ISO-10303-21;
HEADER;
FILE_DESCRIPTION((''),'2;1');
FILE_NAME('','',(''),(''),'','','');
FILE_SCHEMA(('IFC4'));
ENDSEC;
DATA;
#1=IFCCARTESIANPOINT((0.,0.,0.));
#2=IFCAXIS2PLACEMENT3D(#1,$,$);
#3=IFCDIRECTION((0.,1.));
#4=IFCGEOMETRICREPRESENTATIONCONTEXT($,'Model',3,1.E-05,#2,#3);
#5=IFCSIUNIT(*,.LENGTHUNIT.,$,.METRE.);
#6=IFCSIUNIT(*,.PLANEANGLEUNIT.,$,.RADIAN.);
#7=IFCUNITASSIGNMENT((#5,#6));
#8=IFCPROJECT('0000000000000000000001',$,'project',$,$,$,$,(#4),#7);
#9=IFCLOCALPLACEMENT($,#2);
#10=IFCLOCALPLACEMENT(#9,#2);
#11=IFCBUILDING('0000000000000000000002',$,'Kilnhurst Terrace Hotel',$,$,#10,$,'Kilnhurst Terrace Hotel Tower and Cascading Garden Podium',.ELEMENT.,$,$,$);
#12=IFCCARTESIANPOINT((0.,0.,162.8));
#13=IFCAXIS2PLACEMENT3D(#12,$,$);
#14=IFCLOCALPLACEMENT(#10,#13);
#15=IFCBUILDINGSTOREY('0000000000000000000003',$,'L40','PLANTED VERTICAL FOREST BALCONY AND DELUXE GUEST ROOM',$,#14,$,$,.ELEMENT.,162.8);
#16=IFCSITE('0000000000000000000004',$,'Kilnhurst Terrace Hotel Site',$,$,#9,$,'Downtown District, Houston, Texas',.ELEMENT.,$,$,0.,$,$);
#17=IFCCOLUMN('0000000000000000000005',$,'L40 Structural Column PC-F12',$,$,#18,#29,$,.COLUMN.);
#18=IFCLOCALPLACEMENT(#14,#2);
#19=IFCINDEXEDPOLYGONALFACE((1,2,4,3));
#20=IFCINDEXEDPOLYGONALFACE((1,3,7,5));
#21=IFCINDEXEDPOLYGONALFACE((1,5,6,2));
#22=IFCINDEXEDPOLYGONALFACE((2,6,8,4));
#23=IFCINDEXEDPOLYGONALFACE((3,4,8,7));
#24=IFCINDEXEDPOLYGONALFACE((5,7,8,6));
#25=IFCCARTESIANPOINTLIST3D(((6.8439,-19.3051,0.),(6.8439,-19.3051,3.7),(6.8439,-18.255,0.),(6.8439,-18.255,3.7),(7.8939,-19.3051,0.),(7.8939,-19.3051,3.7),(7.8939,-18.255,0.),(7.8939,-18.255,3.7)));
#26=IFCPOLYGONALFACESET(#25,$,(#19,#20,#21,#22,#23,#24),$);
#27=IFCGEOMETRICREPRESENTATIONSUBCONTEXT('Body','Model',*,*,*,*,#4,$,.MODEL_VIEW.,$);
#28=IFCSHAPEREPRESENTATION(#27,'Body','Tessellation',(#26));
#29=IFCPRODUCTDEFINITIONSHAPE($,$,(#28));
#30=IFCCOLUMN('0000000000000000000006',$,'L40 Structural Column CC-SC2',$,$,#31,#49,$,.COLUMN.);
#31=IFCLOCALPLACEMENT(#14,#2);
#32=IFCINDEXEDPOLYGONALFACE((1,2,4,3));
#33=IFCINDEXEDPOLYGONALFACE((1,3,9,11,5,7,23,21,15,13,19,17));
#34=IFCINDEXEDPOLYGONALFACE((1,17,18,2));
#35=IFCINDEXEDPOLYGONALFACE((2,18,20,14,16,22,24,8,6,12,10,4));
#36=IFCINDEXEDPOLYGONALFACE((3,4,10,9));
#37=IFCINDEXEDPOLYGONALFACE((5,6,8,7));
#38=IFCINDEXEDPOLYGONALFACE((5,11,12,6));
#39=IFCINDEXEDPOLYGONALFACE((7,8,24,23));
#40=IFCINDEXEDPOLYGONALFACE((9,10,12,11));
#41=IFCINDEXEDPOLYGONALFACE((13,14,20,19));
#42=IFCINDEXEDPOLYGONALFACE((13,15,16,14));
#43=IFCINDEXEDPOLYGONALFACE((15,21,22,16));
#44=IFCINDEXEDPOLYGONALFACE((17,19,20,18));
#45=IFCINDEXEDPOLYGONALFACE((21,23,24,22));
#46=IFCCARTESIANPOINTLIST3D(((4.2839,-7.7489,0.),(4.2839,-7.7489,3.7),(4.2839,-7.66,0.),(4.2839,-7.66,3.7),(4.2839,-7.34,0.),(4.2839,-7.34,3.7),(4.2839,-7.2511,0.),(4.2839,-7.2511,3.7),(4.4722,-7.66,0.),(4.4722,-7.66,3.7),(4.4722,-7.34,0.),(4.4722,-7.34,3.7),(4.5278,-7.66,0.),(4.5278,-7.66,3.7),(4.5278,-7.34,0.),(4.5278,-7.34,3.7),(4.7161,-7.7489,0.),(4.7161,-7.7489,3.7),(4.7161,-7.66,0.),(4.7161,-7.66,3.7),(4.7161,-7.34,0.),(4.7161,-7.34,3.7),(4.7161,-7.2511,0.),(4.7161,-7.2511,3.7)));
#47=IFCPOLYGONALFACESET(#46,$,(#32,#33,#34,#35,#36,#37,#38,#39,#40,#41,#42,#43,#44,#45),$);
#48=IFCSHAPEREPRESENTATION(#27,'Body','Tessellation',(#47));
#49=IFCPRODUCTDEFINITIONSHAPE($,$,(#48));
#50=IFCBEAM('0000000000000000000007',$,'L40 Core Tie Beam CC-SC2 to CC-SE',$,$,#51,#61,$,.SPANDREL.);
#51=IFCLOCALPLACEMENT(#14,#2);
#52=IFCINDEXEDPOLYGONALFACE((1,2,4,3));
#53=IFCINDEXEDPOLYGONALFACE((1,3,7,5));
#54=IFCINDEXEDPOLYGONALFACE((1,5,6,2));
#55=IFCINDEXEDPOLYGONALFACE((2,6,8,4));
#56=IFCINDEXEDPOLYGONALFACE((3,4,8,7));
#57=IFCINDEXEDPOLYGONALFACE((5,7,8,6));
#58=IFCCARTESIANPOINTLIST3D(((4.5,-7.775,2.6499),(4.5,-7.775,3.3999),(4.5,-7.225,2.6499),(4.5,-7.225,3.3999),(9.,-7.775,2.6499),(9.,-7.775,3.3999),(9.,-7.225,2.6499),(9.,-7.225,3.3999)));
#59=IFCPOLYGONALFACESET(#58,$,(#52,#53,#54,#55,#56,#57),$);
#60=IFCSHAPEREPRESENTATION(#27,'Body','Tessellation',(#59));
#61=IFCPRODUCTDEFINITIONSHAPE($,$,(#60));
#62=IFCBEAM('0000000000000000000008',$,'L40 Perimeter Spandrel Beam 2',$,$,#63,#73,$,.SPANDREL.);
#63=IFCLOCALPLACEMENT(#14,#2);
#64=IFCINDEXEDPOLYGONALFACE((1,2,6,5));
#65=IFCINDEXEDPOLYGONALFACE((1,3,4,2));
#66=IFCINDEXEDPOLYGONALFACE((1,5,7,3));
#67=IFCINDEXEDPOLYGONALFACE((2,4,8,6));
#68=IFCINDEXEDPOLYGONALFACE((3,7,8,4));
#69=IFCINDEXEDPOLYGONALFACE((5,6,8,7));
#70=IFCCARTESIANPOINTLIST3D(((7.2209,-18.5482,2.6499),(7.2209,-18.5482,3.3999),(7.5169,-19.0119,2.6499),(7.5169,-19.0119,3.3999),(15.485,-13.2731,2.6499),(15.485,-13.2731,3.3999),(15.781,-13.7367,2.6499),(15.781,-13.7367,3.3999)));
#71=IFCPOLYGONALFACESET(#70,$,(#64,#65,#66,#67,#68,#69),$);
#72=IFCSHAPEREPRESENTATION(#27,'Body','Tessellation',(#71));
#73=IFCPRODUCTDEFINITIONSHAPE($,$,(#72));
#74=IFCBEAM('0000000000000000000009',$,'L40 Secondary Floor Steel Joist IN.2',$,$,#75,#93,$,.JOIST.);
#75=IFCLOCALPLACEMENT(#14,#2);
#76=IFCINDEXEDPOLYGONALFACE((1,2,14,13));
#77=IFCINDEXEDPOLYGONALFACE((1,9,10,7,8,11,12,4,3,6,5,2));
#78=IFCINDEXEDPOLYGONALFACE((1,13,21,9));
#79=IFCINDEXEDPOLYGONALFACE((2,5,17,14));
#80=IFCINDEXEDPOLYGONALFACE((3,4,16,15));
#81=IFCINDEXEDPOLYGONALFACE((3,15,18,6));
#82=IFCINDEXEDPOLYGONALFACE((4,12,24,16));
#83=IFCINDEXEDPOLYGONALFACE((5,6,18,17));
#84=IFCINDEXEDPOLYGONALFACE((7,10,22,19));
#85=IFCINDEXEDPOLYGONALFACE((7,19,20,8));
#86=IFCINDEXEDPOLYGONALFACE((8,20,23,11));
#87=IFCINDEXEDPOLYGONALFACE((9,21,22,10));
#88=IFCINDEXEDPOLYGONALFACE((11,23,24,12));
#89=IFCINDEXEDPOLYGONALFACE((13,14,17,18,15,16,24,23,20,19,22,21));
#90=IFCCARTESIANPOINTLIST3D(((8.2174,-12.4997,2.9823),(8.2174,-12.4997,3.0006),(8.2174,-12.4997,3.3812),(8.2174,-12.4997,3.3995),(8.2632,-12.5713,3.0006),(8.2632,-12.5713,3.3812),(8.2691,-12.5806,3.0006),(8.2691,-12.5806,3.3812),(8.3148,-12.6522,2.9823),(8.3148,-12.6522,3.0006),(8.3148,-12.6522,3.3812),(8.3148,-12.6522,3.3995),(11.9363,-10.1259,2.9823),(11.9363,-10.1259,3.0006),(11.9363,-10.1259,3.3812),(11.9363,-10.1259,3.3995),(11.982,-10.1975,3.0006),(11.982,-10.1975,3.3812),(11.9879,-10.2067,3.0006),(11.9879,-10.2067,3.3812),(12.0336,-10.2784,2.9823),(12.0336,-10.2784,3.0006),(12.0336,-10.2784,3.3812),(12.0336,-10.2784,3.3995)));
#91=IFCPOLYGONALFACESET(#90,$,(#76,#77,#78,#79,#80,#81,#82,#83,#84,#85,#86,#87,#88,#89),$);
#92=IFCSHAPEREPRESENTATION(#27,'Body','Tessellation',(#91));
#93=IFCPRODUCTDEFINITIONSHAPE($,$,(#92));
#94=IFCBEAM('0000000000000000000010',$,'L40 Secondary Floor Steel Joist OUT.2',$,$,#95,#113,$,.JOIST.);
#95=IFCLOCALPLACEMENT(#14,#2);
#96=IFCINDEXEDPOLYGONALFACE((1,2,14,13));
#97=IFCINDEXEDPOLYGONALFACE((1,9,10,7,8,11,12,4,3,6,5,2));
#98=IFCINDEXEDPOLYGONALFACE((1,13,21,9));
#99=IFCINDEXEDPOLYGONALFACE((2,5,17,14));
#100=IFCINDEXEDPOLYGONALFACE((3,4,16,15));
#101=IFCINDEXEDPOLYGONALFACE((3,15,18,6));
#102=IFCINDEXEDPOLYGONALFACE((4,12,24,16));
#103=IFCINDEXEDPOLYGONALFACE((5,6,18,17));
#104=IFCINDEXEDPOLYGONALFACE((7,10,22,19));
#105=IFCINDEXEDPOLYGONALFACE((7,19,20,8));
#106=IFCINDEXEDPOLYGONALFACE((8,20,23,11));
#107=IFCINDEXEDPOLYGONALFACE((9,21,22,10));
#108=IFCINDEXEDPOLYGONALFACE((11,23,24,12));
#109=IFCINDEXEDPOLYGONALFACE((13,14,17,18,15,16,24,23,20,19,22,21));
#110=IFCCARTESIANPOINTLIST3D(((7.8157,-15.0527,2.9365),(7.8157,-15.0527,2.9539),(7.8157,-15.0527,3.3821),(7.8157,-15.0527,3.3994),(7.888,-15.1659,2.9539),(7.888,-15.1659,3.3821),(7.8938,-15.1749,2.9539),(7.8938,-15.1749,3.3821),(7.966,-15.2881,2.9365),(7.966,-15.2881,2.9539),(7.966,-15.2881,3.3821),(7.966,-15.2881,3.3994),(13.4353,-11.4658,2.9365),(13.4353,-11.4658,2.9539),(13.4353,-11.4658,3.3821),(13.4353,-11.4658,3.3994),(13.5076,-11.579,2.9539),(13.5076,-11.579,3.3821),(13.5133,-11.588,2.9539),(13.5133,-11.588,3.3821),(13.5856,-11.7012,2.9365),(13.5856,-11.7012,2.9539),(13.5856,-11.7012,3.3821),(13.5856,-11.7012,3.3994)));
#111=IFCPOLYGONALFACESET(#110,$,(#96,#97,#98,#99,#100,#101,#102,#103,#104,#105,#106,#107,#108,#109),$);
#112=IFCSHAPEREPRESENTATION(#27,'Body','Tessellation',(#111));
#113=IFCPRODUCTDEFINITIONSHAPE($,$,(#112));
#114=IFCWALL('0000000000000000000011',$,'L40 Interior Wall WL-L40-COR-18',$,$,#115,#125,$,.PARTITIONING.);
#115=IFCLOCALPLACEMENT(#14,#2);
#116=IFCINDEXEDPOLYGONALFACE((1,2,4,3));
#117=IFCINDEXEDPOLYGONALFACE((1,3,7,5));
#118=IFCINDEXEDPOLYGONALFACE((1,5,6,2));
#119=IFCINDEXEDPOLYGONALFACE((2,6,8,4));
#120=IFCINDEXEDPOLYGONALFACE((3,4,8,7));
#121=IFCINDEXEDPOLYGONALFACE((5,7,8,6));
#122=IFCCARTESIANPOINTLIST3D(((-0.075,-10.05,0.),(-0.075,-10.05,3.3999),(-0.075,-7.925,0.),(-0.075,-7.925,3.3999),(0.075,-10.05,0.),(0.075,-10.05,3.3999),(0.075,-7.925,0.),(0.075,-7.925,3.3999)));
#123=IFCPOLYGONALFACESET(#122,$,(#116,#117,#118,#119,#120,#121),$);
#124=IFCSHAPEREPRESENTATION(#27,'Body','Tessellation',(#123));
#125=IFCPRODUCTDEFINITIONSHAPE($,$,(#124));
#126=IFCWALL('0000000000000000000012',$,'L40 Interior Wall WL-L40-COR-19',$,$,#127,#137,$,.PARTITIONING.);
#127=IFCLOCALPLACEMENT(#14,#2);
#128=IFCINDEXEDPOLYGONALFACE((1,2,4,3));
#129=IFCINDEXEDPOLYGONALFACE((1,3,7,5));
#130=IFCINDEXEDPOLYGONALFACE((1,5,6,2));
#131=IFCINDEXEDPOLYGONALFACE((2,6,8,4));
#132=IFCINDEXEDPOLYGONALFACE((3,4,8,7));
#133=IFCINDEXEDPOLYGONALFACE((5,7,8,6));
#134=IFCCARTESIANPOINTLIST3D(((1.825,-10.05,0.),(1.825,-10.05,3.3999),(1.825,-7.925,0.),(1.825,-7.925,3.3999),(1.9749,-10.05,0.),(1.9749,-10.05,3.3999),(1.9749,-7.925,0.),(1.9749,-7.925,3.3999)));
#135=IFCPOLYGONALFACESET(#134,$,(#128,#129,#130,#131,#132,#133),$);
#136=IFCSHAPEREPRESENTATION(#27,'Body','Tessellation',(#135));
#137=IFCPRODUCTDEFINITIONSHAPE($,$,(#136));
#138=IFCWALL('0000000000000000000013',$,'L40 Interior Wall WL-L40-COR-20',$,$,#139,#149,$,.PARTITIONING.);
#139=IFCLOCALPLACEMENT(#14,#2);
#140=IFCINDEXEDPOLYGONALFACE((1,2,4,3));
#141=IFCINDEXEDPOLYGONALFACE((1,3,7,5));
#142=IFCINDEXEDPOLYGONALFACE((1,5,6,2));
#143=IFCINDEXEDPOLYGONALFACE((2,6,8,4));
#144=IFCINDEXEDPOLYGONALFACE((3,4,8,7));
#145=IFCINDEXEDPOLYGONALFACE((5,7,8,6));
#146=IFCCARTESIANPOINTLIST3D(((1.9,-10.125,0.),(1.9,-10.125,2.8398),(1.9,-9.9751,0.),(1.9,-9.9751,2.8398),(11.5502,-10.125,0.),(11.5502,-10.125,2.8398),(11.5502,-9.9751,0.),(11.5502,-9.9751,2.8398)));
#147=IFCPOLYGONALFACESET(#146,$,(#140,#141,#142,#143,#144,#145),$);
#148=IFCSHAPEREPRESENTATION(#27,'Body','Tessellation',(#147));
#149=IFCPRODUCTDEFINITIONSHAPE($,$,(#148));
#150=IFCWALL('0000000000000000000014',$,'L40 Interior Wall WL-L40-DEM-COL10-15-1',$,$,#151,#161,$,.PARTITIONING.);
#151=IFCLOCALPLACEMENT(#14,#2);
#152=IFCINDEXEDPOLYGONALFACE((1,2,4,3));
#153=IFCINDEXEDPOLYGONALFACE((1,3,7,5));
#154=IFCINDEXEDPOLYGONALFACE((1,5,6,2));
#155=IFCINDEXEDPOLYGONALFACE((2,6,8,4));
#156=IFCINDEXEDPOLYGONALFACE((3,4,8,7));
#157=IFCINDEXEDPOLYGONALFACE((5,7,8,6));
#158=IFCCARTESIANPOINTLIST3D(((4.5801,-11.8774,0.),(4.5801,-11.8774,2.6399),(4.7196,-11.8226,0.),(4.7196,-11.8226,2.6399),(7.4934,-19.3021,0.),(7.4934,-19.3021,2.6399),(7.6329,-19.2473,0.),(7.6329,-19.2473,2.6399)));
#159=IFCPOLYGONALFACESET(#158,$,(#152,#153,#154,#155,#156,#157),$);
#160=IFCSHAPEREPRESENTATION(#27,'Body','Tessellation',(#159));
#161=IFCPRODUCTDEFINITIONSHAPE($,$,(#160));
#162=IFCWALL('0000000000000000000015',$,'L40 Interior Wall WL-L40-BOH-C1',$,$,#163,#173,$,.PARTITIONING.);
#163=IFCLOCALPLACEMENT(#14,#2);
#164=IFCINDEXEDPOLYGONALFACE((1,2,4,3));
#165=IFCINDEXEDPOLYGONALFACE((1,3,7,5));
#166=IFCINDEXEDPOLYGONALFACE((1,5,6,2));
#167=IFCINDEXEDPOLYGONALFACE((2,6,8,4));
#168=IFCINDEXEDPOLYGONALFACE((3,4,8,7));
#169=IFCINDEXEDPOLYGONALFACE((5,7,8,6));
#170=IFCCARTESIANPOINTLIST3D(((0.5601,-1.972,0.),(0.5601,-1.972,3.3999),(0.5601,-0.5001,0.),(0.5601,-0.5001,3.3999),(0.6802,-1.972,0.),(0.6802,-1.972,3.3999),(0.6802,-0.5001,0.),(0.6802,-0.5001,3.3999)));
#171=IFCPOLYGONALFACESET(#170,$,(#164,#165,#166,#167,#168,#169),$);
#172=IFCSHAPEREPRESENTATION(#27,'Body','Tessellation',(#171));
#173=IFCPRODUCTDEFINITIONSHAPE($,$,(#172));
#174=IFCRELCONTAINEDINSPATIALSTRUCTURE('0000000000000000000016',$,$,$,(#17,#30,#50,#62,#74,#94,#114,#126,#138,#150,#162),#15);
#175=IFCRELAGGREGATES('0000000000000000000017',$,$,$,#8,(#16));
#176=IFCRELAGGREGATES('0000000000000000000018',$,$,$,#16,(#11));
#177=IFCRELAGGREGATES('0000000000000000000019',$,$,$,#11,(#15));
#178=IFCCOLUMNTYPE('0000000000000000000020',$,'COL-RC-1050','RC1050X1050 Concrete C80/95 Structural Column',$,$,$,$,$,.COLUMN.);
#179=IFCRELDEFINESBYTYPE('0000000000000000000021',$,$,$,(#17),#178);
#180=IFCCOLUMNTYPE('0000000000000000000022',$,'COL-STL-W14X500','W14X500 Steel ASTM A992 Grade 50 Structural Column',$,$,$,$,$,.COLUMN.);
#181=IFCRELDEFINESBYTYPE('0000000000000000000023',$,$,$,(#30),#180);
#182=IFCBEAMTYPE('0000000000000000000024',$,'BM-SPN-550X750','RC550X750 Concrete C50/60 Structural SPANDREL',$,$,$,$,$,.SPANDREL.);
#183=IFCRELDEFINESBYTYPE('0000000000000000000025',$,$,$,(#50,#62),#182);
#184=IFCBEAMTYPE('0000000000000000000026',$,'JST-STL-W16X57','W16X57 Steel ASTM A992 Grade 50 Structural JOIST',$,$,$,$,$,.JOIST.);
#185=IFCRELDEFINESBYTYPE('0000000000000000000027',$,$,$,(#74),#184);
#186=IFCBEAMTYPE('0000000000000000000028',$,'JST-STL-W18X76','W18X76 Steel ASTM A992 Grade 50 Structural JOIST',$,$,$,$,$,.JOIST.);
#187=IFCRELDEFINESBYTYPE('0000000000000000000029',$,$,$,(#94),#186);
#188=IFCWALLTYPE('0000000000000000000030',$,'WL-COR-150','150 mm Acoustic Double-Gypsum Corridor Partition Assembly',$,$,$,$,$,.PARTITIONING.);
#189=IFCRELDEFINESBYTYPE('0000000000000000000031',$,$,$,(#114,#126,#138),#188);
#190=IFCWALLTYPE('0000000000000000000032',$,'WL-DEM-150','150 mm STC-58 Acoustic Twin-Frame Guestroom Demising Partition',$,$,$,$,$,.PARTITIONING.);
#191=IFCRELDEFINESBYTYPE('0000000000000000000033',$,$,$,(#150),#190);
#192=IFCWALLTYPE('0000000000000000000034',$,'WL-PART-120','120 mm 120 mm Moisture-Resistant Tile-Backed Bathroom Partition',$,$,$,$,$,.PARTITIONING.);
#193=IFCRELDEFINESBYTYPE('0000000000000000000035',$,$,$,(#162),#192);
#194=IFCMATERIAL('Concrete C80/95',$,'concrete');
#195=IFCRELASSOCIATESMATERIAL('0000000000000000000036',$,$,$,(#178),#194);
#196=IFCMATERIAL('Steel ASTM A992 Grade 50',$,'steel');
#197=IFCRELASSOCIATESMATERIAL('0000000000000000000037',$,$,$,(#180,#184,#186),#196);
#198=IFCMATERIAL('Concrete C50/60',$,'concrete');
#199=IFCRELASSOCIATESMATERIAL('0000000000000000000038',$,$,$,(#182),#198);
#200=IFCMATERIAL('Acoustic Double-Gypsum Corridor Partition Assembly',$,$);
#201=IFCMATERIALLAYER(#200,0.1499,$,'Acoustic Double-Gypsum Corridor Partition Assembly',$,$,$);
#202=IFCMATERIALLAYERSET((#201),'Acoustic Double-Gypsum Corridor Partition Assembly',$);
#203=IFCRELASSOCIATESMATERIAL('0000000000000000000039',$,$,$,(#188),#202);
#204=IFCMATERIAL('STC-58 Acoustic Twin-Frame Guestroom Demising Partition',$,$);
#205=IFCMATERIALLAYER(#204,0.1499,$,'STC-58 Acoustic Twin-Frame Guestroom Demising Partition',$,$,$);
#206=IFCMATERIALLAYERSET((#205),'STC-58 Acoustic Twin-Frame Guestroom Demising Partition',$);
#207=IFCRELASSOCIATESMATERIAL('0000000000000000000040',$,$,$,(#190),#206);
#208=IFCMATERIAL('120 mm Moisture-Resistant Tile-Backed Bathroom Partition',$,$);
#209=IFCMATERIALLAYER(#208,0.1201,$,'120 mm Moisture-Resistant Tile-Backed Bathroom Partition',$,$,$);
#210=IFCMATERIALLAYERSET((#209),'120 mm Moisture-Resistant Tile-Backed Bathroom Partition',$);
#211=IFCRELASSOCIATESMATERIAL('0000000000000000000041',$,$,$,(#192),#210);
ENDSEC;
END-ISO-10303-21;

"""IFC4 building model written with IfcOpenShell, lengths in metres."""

from ifc_helpers import new_model, si_unit, direction, frame, frame_2d, origin, origin_2d, place, context, subcontext, project, spatial, rectangle, i_section, extrude, material, layer, layer_set, material_profile, profile_set, type_object, element, save


model = new_model("IFC4")

# Units and contexts
model_context = context("Model", 3, precision=1e-05, world=origin(), true_north=direction((0.0, 1.0)))
body_context = subcontext(model_context, "Body", "Model", "MODEL_VIEW")
ifc_project = project(units=[si_unit("LENGTHUNIT", "METRE"), si_unit("PLANEANGLEUNIT", "RADIAN")], contexts=[model_context])

# Site, building, storey
site_placement = place(None, origin())
site = spatial("IfcSite", under=ifc_project, at=site_placement, Name="Kilnhurst Terrace Hotel Site", LongName="Downtown District, Houston, Texas", CompositionType="ELEMENT", RefElevation=0.0)
building_placement = place(site_placement, origin())
building = spatial("IfcBuilding", under=site, at=building_placement, Name="Kilnhurst Terrace Hotel", LongName="Kilnhurst Terrace Hotel Tower and Cascading Garden Podium", CompositionType="ELEMENT")
storey_placement = place(building_placement, frame((0.0, 0.0, 162.8)))
storey = spatial("IfcBuildingStorey", under=building, at=storey_placement, Name="L40", Description="PLANTED VERTICAL FOREST BALCONY AND DELUXE GUEST ROOM", CompositionType="ELEMENT", Elevation=162.8)

# Columns
ifc_material_1 = material(Name="Concrete C80/95", Category="concrete")
ifc_material_profile_1 = material_profile(ifc_material_1, rectangle(XDim=1.05, YDim=1.05, at=origin_2d()), Name="RC1050X1050")
ifc_profile_set_1 = profile_set([ifc_material_profile_1], Name="Concrete C80/95")
column_type_1 = type_object("IfcColumnType", Name="COL-RC-1050", Description="RC1050X1050 Concrete C80/95 Structural Column", PredefinedType="COLUMN", material=ifc_profile_set_1)
column_1_placement = place(storey_placement, frame((7.3689, -18.78, 0.0), z_axis=(0.0, 0.0, 1.0), x_axis=(1.0, 0.0, 0.0)))
element("IfcColumn", 1, at=column_1_placement, inside=storey, type_object=column_type_1, Name="L40 Structural Column PC-F12", PredefinedType="COLUMN", context=body_context, shape_type="SweptSolid", body=[
    extrude(rectangle(XDim=1.05, YDim=1.05, at=origin_2d()), origin(), (0.0, 0.0, 1.0), 3.7),
])
ifc_material_2 = material(Name="Steel ASTM A992 Grade 50", Category="steel")
ifc_material_profile_2 = material_profile(ifc_material_2, i_section(OverallWidth=0.4321, OverallDepth=0.4978, WebThickness=0.0557, FlangeThickness=0.0889, at=origin_2d()), Name="W14X500")
ifc_profile_set_2 = profile_set([ifc_material_profile_2], Name="Steel ASTM A992 Grade 50")
column_type_2 = type_object("IfcColumnType", Name="COL-STL-W14X500", Description="W14X500 Steel ASTM A992 Grade 50 Structural Column", PredefinedType="COLUMN", material=ifc_profile_set_2)
column_2_placement = place(storey_placement, frame((4.5, -7.5, 0.0), z_axis=(0.0, 0.0, 1.0), x_axis=(1.0, 0.0, 0.0)))
element("IfcColumn", 2, at=column_2_placement, inside=storey, type_object=column_type_2, Name="L40 Structural Column CC-SC2", PredefinedType="COLUMN", context=body_context, shape_type="SweptSolid", body=[
    extrude(i_section(OverallWidth=0.4321, OverallDepth=0.4978, WebThickness=0.0557, FlangeThickness=0.0889, at=origin_2d()), origin(), (0.0, 0.0, 1.0), 3.7),
])

# Beams
ifc_material_3 = material(Name="Concrete C50/60", Category="concrete")
ifc_material_profile_3 = material_profile(ifc_material_3, rectangle(XDim=0.55, YDim=0.75, at=origin_2d()), Name="RC550X750")
ifc_profile_set_3 = profile_set([ifc_material_profile_3], Name="Concrete C50/60")
beam_type_1 = type_object("IfcBeamType", Name="BM-SPN-550X750", Description="RC550X750 Concrete C50/60 Structural SPANDREL", PredefinedType="SPANDREL", material=ifc_profile_set_3)
beam_1_placement = place(storey_placement, frame((4.5, -7.5, 3.0249), z_axis=(1.0, 0.0, 0.0), x_axis=(0.0, 1.0, 0.0)))
element("IfcBeam", 3, at=beam_1_placement, inside=storey, type_object=beam_type_1, Name="L40 Core Tie Beam CC-SC2 to CC-SE", PredefinedType="SPANDREL", context=body_context, shape_type="SweptSolid", body=[
    extrude(rectangle(XDim=0.55, YDim=0.75, at=origin_2d()), origin(), (0.0, 0.0, 1.0), 4.5),
])
beam_2_placement = place(storey_placement, frame((7.3689, -18.78, 3.0249), z_axis=(0.842915, 0.538046, 0.0), x_axis=(-0.538046, 0.842915, 0.0)))
element("IfcBeam", 4, at=beam_2_placement, inside=storey, type_object=beam_type_1, Name="L40 Perimeter Spandrel Beam 2", PredefinedType="SPANDREL", context=body_context, shape_type="SweptSolid", body=[
    extrude(rectangle(XDim=0.55, YDim=0.75, at=origin_2d()), origin(), (0.0, 0.0, 1.0), 9.8042),
])
ifc_material_profile_4 = material_profile(ifc_material_2, i_section(OverallWidth=0.1809, OverallDepth=0.4172, WebThickness=0.011, FlangeThickness=0.0183, at=origin_2d()), Name="W16X57")
ifc_profile_set_4 = profile_set([ifc_material_profile_4], Name="Steel ASTM A992 Grade 50")
beam_type_2 = type_object("IfcBeamType", Name="JST-STL-W16X57", Description="W16X57 Steel ASTM A992 Grade 50 Structural JOIST", PredefinedType="JOIST", material=ifc_profile_set_4)
beam_3_placement = place(storey_placement, frame((8.2661, -12.5759, 3.1909), z_axis=(0.842911, 0.538053, 0.0), x_axis=(-0.538053, 0.842911, 0.0)))
element("IfcBeam", 5, at=beam_3_placement, inside=storey, type_object=beam_type_2, Name="L40 Secondary Floor Steel Joist IN.2", PredefinedType="JOIST", context=body_context, shape_type="SweptSolid", body=[
    extrude(i_section(OverallWidth=0.1809, OverallDepth=0.4172, WebThickness=0.011, FlangeThickness=0.0183, at=origin_2d()), origin(), (0.0, 0.0, 1.0), 4.4119),
])
ifc_material_profile_5 = material_profile(ifc_material_2, i_section(OverallWidth=0.2793, OverallDepth=0.4629, WebThickness=0.0107, FlangeThickness=0.0173, at=origin_2d()), Name="W18X76")
ifc_profile_set_5 = profile_set([ifc_material_profile_5], Name="Steel ASTM A992 Grade 50")
beam_type_3 = type_object("IfcBeamType", Name="JST-STL-W18X76", Description="W18X76 Steel ASTM A992 Grade 50 Structural JOIST", PredefinedType="JOIST", material=ifc_profile_set_5)
beam_4_placement = place(storey_placement, frame((7.8909, -15.1704, 3.168), z_axis=(0.842928, 0.538027, 0.0), x_axis=(-0.538027, 0.842928, 0.0)))
element("IfcBeam", 6, at=beam_4_placement, inside=storey, type_object=beam_type_3, Name="L40 Secondary Floor Steel Joist OUT.2", PredefinedType="JOIST", context=body_context, shape_type="SweptSolid", body=[
    extrude(i_section(OverallWidth=0.2793, OverallDepth=0.4629, WebThickness=0.0107, FlangeThickness=0.0173, at=origin_2d()), origin(), (0.0, 0.0, 1.0), 6.6667),
])

# Walls
ifc_material_4 = material(Name="Acoustic Double-Gypsum Corridor Partition Assembly")
ifc_layer_1 = layer(ifc_material_4, 0.1499, Name="Acoustic Double-Gypsum Corridor Partition Assembly")
ifc_layer_set_1 = layer_set([ifc_layer_1], Name="Acoustic Double-Gypsum Corridor Partition Assembly")
wall_type_1 = type_object("IfcWallType", Name="WL-COR-150", Description="150 mm Acoustic Double-Gypsum Corridor Partition Assembly", PredefinedType="PARTITIONING", material=ifc_layer_set_1)
for number, where, z_axis, x_axis, name in (
    (7, (0.0, -10.05, 0.0), (0.0, 0.0, 1.0), (0.0, 1.0, 0.0), "L40 Interior Wall WL-L40-COR-18"),
    (8, (1.8999, -7.925, 0.0), (0.0, 0.0, 1.0), (0.0, -1.0, 0.0), "L40 Interior Wall WL-L40-COR-19"),
):
    element("IfcWall", number, at=place(storey_placement, frame(where, z_axis=z_axis, x_axis=x_axis)), inside=storey, type_object=wall_type_1, Name=name, PredefinedType="PARTITIONING", context=body_context, shape_type="SweptSolid", body=[
        extrude(rectangle(XDim=2.125, YDim=0.1499, at=frame_2d((1.0625, 0.0))), origin(), (0.0, 0.0, 1.0), 3.3999),
    ])
wall_1_placement = place(storey_placement, frame((1.8999, -10.05, 0.0), z_axis=(0.0, 0.0, 1.0), x_axis=(1.0, 0.0, 0.0)))
element("IfcWall", 9, at=wall_1_placement, inside=storey, type_object=wall_type_1, Name="L40 Interior Wall WL-L40-COR-20", PredefinedType="PARTITIONING", context=body_context, shape_type="SweptSolid", body=[
    extrude(rectangle(XDim=9.6501, YDim=0.1499, at=frame_2d((4.8252, 0.0))), origin(), (0.0, 0.0, 1.0), 2.8398),
])
ifc_material_5 = material(Name="STC-58 Acoustic Twin-Frame Guestroom Demising Partition")
ifc_layer_2 = layer(ifc_material_5, 0.1499, Name="STC-58 Acoustic Twin-Frame Guestroom Demising Partition")
ifc_layer_set_2 = layer_set([ifc_layer_2], Name="STC-58 Acoustic Twin-Frame Guestroom Demising Partition")
wall_type_2 = type_object("IfcWallType", Name="WL-DEM-150", Description="150 mm STC-58 Acoustic Twin-Frame Guestroom Demising Partition", PredefinedType="PARTITIONING", material=ifc_layer_set_2)
wall_2_placement = place(storey_placement, frame((4.6499, -11.8501, 0.0), z_axis=(0.0, 0.0, 1.0), x_axis=(0.365266, -0.930903, 0.0)))
element("IfcWall", 10, at=wall_2_placement, inside=storey, type_object=wall_type_2, Name="L40 Interior Wall WL-L40-DEM-COL10-15-1", PredefinedType="PARTITIONING", context=body_context, shape_type="SweptSolid", body=[
    extrude(rectangle(XDim=7.9758, YDim=0.1499, at=frame_2d((3.9878, 0.0))), origin(), (0.0, 0.0, 1.0), 2.6399),
])
ifc_material_6 = material(Name="120 mm Moisture-Resistant Tile-Backed Bathroom Partition")
ifc_layer_3 = layer(ifc_material_6, 0.1201, Name="120 mm Moisture-Resistant Tile-Backed Bathroom Partition")
ifc_layer_set_3 = layer_set([ifc_layer_3], Name="120 mm Moisture-Resistant Tile-Backed Bathroom Partition")
wall_type_3 = type_object("IfcWallType", Name="WL-PART-120", Description="120 mm 120 mm Moisture-Resistant Tile-Backed Bathroom Partition", PredefinedType="PARTITIONING", material=ifc_layer_set_3)
wall_3_placement = place(storey_placement, frame((0.6201, -1.9719, 0.0), z_axis=(0.0, 0.0, 1.0), x_axis=(0.0, 1.0, 0.0)))
element("IfcWall", 11, at=wall_3_placement, inside=storey, type_object=wall_type_3, Name="L40 Interior Wall WL-L40-BOH-C1", PredefinedType="PARTITIONING", context=body_context, shape_type="SweptSolid", body=[
    extrude(rectangle(XDim=1.4719, YDim=0.1201, at=frame_2d((0.7358, 0.0))), origin(), (0.0, 0.0, 1.0), 3.3999),
])

save(model, "model.ifc")
